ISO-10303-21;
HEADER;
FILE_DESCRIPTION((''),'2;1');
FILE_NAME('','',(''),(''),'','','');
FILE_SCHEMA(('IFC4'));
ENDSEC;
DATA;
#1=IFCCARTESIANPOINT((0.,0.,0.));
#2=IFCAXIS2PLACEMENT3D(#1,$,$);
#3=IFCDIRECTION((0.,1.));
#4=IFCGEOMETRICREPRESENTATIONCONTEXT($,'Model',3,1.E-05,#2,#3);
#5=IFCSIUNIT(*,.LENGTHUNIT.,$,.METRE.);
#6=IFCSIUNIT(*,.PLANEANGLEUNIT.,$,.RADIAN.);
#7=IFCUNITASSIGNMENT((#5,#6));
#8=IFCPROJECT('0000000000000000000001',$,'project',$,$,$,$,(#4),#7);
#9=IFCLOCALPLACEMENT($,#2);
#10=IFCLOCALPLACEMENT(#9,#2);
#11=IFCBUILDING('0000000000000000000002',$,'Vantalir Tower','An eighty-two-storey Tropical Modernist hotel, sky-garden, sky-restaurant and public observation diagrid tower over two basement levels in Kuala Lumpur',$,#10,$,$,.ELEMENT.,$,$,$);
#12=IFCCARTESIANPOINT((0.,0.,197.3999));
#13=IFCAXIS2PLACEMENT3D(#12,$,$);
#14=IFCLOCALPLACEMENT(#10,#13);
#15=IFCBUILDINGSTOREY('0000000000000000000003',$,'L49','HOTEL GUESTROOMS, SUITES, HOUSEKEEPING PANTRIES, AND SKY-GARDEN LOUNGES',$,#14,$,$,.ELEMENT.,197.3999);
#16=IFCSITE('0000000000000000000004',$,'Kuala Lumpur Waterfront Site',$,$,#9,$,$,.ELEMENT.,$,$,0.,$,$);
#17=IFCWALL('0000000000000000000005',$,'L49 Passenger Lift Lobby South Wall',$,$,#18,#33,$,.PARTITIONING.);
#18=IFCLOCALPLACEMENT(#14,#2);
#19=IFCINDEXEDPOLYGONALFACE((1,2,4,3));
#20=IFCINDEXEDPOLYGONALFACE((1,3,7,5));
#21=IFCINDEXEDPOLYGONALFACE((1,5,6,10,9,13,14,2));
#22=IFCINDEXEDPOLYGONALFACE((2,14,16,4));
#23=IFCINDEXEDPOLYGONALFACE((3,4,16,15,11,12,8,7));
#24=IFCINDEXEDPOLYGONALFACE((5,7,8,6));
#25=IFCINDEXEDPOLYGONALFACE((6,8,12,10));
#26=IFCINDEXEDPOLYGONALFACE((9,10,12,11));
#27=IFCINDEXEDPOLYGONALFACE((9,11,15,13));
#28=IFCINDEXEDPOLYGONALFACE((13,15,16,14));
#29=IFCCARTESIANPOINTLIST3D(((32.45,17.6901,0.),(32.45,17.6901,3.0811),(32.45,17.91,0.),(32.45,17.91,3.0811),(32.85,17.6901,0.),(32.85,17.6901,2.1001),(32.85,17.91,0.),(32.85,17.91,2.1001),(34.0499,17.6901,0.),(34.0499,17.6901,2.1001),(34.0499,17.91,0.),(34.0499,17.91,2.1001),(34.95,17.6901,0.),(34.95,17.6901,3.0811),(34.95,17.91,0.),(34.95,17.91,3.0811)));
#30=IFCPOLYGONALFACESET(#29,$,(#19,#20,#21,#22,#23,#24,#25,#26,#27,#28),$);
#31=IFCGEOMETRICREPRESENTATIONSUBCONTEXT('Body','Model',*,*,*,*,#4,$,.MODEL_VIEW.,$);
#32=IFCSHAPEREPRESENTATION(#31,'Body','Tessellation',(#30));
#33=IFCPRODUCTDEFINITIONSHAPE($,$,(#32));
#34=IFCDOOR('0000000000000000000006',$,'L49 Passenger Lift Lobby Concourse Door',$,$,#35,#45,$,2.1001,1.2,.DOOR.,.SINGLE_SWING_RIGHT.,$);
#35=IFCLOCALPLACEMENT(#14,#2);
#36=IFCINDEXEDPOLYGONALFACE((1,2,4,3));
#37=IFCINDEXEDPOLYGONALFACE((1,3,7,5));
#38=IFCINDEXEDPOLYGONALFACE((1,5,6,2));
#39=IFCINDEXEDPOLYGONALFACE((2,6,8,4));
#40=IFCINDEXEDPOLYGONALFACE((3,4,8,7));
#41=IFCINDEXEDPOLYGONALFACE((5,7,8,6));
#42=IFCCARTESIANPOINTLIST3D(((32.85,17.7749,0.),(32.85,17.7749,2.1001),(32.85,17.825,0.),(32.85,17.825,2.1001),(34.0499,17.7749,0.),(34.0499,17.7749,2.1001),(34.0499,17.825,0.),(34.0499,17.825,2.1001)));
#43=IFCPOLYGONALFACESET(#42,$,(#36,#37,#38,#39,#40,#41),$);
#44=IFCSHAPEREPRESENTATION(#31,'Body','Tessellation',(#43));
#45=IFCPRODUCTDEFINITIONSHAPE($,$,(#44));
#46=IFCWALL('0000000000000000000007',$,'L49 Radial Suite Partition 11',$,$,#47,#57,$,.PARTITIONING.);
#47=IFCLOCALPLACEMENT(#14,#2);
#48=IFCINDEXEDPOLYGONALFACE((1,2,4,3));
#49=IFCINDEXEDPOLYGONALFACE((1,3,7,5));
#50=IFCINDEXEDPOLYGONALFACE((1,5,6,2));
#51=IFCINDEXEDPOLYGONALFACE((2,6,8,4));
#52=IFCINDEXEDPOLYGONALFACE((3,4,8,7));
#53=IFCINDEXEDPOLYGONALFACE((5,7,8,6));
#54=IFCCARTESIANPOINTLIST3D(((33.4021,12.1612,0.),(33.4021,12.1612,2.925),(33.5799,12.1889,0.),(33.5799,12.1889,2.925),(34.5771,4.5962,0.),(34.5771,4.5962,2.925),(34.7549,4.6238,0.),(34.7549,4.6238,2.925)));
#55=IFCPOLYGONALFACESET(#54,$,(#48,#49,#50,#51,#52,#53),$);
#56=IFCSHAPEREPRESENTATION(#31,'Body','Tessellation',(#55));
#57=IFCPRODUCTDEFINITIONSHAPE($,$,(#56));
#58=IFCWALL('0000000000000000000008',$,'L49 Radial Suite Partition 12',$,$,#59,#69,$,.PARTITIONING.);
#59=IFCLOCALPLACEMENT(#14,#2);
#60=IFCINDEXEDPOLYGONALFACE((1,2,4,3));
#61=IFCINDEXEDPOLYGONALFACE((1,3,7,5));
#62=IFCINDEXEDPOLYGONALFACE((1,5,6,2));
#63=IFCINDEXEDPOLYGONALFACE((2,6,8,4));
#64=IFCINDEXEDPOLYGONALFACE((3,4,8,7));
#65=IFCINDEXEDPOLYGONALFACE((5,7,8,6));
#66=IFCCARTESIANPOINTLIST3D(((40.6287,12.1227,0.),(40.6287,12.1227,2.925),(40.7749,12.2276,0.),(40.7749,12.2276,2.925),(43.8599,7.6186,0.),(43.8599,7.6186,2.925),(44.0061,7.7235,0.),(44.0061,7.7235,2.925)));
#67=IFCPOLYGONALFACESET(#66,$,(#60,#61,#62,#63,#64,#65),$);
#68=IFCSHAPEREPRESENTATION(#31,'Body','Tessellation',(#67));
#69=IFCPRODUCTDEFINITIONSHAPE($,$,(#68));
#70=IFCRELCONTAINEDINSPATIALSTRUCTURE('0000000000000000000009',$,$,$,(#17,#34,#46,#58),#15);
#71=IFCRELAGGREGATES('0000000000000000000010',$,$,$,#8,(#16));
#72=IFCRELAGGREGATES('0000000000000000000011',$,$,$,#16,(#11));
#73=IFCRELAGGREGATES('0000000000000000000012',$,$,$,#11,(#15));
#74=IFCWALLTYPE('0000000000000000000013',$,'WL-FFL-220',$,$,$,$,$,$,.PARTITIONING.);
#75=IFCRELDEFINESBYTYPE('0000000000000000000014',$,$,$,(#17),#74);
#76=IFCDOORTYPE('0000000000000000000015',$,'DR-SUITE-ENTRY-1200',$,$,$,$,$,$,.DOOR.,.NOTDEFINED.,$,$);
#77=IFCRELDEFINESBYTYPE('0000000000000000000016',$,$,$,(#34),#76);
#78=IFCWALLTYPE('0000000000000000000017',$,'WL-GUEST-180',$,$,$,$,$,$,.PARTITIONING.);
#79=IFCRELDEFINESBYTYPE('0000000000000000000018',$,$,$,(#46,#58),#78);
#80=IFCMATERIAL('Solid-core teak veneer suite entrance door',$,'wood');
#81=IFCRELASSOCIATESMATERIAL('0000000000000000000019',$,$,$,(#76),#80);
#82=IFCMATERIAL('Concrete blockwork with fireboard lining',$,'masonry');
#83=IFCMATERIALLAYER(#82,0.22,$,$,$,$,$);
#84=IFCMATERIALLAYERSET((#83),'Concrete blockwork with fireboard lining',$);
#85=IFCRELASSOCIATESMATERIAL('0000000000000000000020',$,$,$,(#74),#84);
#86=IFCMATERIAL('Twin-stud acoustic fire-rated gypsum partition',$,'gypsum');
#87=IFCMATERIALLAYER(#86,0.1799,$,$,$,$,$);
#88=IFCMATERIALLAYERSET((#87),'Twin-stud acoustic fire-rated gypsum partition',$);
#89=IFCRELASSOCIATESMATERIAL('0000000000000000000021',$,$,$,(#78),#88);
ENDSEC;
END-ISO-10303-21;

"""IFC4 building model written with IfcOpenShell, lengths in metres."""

from ifc_helpers import new_model, si_unit, direction, frame, frame_2d, origin, place, context, subcontext, project, spatial, rectangle, extrude, material, layer, layer_set, type_object, element, fill, save


model = new_model("IFC4")

# Units and contexts
model_context = context("Model", 3, precision=1e-05, world=origin(), true_north=direction((0.0, 1.0)))
body_context = subcontext(model_context, "Body", "Model", "MODEL_VIEW")
ifc_project = project(units=[si_unit("LENGTHUNIT", "METRE"), si_unit("PLANEANGLEUNIT", "RADIAN")], contexts=[model_context])

# Site, building, storey
site_placement = place(None, origin())
site = spatial("IfcSite", under=ifc_project, at=site_placement, Name="Kuala Lumpur Waterfront Site", CompositionType="ELEMENT", RefElevation=0.0)
building_placement = place(site_placement, origin())
building = spatial("IfcBuilding", under=site, at=building_placement, Name="Vantalir Tower", Description="An eighty-two-storey Tropical Modernist hotel, sky-garden, sky-restaurant and public observation diagrid tower over two basement levels in Kuala Lumpur", CompositionType="ELEMENT")
storey_placement = place(building_placement, frame((0.0, 0.0, 197.3999)))
storey = spatial("IfcBuildingStorey", under=building, at=storey_placement, Name="L49", Description="HOTEL GUESTROOMS, SUITES, HOUSEKEEPING PANTRIES, AND SKY-GARDEN LOUNGES", CompositionType="ELEMENT", Elevation=197.3999)

# Shared definitions
ifc_material_1 = material(Name="Solid-core teak veneer suite entrance door", Category="wood")
door_type = type_object("IfcDoorType", Name="DR-SUITE-ENTRY-1200", OperationType="NOTDEFINED", PredefinedType="DOOR", material=ifc_material_1)

# Wall, opening, door
ifc_material_2 = material(Name="Concrete blockwork with fireboard lining", Category="masonry")
ifc_layer_1 = layer(ifc_material_2, 0.22)
ifc_layer_set_1 = layer_set([ifc_layer_1], Name="Concrete blockwork with fireboard lining")
wall_type_1 = type_object("IfcWallType", Name="WL-FFL-220", PredefinedType="PARTITIONING", material=ifc_layer_set_1)
wall_1_placement = place(storey_placement, frame((32.45, 17.8, 0.0), z_axis=(0.0, 0.0, 1.0), x_axis=(1.0, 0.0, 0.0)))
wall_1 = element("IfcWall", 1, at=wall_1_placement, inside=storey, type_object=wall_type_1, Name="L49 Passenger Lift Lobby South Wall", PredefinedType="PARTITIONING", context=body_context, shape_type="SweptSolid", body=[
    extrude(rectangle(XDim=2.5, YDim=0.22, at=frame_2d((1.25, 0.0))), origin(), (0.0, 0.0, 1.0), 3.0811),
])
opening_1_placement = place(wall_1_placement, frame((0.3999, 0.0, 0.0)))
opening_1 = element("IfcOpeningElement", 2, at=opening_1_placement, cuts=wall_1, PredefinedType="OPENING", context=body_context, shape_type="SweptSolid", body=[
    extrude(rectangle(XDim=1.2, YDim=2.1001, at=frame_2d((0.6001, 1.05))), frame((0.0, 0.1199, 0.0), z_axis=(0.0, -1.0, 0.0), x_axis=(1.0, 0.0, 0.0)), (0.0, 0.0, 1.0), 0.24),
])
door_1_placement = place(opening_1_placement, origin())
door_1 = element("IfcDoor", 3, at=door_1_placement, inside=storey, type_object=door_type, Name="L49 Passenger Lift Lobby Concourse Door", OperationType="SINGLE_SWING_RIGHT", OverallHeight=2.1001, OverallWidth=1.2, PredefinedType="DOOR", context=body_context, shape_type="SweptSolid", body=[
    extrude(rectangle(XDim=1.2, YDim=2.1001, at=frame_2d((0.6001, 1.05))), frame((0.0, 0.0249, 0.0), z_axis=(0.0, -1.0, 0.0), x_axis=(1.0, 0.0, 0.0)), (0.0, 0.0, 1.0), 0.05),
])
fill(opening_1, door_1)

# Walls
ifc_material_3 = material(Name="Twin-stud acoustic fire-rated gypsum partition", Category="gypsum")
ifc_layer_2 = layer(ifc_material_3, 0.1799)
ifc_layer_set_2 = layer_set([ifc_layer_2], Name="Twin-stud acoustic fire-rated gypsum partition")
wall_type_2 = type_object("IfcWallType", Name="WL-GUEST-180", PredefinedType="PARTITIONING", material=ifc_layer_set_2)
wall_2_placement = place(storey_placement, frame((33.491, 12.175, 0.0), z_axis=(0.0, 0.0, 1.0), x_axis=(0.153488, -0.988151, 0.0)))
element("IfcWall", 4, at=wall_2_placement, inside=storey, type_object=wall_type_2, Name="L49 Radial Suite Partition 11", PredefinedType="PARTITIONING", context=body_context, shape_type="SweptSolid", body=[
    extrude(rectangle(XDim=7.6558, YDim=0.1799, at=frame_2d((3.8279, 0.0))), origin(), (0.0, 0.0, 1.0), 2.925),
])
wall_3_placement = place(storey_placement, frame((40.7019, 12.175, 0.0), z_axis=(0.0, 0.0, 1.0), x_axis=(0.582903, -0.812541, 0.0)))
element("IfcWall", 5, at=wall_3_placement, inside=storey, type_object=wall_type_2, Name="L49 Radial Suite Partition 12", PredefinedType="PARTITIONING", context=body_context, shape_type="SweptSolid", body=[
    extrude(rectangle(XDim=5.5432, YDim=0.1799, at=frame_2d((2.7715, 0.0))), origin(), (0.0, 0.0, 1.0), 2.925),
])

save(model, "model.ifc")
